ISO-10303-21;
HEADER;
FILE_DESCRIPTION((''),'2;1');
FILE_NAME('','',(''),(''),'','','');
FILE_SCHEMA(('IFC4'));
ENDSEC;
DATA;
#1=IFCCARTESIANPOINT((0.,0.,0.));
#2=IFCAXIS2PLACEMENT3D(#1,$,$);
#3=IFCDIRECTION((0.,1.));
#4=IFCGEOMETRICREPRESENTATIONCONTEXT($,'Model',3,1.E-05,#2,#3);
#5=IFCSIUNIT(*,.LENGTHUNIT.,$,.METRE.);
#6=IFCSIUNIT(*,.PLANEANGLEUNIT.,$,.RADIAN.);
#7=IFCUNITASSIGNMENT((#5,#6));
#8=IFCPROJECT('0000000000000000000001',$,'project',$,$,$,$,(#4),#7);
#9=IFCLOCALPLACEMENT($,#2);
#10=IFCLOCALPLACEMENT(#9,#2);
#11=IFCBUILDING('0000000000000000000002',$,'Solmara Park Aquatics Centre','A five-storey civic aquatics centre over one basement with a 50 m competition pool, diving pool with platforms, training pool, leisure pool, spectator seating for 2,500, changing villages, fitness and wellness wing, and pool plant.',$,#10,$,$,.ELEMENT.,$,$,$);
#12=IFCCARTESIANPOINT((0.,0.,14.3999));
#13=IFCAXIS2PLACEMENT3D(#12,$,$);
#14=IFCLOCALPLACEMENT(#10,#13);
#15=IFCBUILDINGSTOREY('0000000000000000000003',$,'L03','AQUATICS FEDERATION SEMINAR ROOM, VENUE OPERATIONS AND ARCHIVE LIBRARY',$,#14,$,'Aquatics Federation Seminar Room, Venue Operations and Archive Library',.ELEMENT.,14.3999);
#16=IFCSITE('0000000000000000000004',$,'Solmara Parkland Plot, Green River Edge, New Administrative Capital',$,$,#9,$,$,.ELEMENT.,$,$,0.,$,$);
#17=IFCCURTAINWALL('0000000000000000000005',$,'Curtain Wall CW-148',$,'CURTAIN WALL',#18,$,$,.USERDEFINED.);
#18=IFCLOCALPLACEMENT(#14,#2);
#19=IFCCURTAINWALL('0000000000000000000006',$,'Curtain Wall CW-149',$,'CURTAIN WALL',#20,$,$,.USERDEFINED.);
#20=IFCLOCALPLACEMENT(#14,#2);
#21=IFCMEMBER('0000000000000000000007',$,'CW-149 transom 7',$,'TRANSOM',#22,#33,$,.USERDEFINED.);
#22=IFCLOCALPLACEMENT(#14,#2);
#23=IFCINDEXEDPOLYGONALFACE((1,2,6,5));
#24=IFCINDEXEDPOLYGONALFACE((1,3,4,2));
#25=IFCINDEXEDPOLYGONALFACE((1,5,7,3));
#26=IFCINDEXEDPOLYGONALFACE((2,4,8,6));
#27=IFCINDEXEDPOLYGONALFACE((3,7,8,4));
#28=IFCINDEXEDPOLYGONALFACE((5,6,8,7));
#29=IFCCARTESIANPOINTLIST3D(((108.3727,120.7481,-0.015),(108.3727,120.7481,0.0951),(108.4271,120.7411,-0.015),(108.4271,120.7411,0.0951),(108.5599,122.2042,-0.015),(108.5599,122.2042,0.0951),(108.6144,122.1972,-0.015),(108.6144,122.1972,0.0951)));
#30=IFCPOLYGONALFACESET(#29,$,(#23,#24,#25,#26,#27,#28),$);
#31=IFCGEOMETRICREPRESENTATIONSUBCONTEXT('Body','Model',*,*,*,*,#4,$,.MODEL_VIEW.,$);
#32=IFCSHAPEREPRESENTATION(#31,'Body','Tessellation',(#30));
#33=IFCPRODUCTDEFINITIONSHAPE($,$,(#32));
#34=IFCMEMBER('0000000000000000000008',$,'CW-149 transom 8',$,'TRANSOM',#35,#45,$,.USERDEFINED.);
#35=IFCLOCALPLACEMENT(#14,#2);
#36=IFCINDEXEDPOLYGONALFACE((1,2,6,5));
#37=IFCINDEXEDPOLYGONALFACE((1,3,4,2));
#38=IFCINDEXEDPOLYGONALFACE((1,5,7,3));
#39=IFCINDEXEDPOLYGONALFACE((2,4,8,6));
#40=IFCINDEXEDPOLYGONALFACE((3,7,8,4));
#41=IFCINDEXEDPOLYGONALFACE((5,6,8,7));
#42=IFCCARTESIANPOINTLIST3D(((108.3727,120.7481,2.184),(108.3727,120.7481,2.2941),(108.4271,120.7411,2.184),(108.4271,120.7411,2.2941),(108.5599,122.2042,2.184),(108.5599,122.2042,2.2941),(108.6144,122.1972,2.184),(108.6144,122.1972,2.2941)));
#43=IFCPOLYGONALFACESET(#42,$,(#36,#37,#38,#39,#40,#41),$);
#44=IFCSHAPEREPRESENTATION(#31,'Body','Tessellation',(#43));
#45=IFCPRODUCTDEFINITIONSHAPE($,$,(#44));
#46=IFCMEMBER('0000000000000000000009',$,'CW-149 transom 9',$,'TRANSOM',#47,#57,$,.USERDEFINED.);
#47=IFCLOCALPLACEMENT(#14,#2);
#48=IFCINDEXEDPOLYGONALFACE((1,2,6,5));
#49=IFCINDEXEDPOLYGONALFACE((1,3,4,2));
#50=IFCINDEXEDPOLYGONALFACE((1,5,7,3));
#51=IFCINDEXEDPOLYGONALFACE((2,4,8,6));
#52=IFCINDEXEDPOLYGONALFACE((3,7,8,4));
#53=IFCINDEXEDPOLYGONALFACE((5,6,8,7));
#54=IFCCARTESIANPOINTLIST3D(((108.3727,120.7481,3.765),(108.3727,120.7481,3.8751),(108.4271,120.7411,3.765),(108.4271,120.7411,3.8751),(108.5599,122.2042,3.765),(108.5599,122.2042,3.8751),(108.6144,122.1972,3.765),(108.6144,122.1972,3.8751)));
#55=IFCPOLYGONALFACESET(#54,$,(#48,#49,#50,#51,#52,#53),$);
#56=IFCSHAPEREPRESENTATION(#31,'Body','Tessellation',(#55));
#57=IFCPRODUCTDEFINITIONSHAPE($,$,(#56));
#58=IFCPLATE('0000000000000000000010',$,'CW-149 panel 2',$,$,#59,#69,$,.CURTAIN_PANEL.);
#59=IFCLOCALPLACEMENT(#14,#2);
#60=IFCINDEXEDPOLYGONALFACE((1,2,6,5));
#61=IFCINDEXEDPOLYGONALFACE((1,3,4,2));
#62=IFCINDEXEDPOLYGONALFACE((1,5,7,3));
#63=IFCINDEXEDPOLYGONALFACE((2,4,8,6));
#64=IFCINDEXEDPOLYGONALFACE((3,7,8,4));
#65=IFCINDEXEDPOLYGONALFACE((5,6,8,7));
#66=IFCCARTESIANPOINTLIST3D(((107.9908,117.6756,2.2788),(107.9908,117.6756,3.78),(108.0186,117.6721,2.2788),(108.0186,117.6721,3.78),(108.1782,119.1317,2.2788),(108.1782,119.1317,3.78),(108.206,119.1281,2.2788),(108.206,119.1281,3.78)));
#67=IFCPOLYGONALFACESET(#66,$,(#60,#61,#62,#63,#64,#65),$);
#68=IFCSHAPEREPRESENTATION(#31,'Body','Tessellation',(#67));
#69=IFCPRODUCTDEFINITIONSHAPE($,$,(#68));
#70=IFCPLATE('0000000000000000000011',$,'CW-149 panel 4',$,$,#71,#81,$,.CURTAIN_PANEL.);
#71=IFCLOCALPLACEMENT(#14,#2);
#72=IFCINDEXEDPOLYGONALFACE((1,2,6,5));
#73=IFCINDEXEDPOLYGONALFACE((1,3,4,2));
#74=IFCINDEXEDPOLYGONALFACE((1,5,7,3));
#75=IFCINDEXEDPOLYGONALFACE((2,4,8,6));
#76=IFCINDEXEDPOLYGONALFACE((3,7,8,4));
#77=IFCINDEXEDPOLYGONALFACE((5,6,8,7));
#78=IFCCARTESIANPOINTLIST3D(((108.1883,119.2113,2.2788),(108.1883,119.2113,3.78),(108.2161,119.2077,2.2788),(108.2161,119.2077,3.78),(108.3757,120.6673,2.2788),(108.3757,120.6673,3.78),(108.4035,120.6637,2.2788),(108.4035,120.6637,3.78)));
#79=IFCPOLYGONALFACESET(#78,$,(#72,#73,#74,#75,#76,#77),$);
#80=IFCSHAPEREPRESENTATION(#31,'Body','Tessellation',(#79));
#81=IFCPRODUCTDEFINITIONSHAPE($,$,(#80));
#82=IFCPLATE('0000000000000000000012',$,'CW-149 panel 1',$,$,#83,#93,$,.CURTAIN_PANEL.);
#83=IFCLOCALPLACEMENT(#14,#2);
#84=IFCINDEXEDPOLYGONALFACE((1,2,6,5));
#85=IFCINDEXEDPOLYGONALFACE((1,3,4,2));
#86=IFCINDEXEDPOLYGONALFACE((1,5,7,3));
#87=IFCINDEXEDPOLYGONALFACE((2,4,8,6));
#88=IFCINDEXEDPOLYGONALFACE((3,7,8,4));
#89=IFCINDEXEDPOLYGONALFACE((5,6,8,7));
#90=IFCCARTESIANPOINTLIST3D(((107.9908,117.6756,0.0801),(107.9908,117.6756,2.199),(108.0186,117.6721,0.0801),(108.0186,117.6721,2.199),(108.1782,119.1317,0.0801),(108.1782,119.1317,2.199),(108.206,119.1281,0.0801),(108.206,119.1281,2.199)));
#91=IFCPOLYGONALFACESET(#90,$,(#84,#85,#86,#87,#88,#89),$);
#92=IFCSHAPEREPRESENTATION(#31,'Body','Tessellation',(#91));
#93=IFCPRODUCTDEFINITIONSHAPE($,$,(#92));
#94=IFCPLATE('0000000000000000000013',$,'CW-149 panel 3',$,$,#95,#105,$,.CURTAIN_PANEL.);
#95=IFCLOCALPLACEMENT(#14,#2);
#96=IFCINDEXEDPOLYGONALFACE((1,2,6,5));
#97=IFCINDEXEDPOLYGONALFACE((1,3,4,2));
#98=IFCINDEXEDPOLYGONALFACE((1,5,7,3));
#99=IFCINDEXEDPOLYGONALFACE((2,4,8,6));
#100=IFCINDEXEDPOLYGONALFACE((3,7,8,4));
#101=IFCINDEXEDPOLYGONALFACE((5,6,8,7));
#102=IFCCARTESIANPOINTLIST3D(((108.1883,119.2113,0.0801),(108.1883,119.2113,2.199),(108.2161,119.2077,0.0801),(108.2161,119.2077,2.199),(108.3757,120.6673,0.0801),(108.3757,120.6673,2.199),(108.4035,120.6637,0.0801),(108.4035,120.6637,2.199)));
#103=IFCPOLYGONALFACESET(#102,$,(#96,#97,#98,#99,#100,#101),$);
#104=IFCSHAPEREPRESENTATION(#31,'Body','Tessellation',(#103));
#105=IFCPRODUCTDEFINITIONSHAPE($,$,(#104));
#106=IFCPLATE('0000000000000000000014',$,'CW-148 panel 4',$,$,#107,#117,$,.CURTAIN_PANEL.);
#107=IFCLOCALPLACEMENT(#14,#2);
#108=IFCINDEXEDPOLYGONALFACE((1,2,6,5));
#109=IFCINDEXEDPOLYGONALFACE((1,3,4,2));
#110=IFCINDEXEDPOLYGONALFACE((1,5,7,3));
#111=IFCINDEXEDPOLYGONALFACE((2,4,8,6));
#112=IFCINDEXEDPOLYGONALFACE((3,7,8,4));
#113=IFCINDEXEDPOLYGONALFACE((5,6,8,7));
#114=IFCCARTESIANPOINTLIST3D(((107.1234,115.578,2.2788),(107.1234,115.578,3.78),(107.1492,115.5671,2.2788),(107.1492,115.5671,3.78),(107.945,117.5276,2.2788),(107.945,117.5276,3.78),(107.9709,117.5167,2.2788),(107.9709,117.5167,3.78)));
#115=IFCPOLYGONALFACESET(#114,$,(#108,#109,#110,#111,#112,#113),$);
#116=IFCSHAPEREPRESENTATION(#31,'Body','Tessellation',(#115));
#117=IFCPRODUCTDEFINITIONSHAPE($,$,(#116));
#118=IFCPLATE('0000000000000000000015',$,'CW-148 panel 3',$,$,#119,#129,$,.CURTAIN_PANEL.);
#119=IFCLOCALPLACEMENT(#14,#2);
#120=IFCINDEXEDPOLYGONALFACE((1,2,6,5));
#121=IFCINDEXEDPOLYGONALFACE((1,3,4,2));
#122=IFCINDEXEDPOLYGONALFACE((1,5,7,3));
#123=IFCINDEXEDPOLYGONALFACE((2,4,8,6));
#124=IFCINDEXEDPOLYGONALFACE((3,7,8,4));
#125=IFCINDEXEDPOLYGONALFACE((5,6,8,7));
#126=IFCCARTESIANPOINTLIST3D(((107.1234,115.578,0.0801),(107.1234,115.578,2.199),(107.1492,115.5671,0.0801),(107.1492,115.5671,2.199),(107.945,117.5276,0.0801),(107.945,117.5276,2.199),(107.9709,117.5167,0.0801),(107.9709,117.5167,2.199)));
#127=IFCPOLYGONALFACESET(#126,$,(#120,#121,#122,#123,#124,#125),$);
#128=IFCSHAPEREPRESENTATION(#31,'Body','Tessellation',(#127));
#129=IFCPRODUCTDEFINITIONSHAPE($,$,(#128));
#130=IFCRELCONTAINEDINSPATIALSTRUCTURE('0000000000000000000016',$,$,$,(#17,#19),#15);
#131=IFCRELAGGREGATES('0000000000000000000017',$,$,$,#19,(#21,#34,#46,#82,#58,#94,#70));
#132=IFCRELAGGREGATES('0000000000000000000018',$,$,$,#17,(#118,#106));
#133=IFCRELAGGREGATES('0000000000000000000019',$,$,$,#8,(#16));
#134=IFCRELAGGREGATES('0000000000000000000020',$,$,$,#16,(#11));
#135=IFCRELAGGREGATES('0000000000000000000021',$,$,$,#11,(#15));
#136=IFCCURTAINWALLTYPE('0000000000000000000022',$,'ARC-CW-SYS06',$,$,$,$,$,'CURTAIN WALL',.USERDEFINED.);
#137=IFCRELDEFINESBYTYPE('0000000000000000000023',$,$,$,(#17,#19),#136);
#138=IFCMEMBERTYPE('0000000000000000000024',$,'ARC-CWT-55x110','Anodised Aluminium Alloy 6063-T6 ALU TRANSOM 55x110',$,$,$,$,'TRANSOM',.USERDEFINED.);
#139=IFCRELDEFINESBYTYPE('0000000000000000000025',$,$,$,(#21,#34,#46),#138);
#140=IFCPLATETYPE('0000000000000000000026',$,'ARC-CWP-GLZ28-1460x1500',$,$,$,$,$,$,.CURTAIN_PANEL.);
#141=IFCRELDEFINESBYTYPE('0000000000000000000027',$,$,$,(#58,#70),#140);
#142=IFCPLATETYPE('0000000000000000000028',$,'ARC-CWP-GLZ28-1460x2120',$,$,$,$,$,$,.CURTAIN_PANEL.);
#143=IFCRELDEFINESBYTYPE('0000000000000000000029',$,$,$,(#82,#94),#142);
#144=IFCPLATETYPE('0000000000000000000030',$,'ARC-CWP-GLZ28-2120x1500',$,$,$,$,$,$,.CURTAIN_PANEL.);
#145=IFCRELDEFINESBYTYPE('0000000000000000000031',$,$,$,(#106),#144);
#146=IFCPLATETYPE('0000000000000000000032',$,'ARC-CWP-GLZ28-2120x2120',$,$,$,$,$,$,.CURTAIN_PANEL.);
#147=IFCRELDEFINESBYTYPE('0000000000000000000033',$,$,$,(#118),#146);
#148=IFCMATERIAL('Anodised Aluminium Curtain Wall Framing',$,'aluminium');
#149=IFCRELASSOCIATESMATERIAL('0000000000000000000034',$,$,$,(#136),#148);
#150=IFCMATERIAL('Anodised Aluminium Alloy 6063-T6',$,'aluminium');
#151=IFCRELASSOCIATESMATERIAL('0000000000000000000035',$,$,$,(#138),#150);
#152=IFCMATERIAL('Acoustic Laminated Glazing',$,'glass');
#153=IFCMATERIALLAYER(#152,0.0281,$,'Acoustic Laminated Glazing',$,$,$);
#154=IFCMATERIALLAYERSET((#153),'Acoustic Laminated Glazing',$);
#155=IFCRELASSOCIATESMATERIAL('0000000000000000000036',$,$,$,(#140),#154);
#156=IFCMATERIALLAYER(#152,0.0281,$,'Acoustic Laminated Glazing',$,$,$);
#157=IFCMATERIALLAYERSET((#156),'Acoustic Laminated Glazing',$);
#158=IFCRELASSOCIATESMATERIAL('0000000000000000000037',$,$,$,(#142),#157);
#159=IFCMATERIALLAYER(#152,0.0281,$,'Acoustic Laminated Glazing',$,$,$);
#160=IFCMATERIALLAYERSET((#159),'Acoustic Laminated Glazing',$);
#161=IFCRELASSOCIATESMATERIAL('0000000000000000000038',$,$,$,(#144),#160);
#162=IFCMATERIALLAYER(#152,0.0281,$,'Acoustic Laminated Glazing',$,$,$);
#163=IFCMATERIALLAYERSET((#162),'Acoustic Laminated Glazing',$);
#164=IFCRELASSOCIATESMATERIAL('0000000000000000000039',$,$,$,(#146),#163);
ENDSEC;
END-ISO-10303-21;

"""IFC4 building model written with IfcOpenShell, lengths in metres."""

from ifc_helpers import new_model, si_unit, direction, frame, origin, origin_2d, place, context, subcontext, project, spatial, rectangle, extrude, material, layer, layer_set, material_profile, profile_set, type_object, element, aggregate, save


model = new_model("IFC4")

# Units and contexts
model_context = context("Model", 3, precision=1e-05, world=origin(), true_north=direction((0.0, 1.0)))
body_context = subcontext(model_context, "Body", "Model", "MODEL_VIEW")
ifc_project = project(units=[si_unit("LENGTHUNIT", "METRE"), si_unit("PLANEANGLEUNIT", "RADIAN")], contexts=[model_context])

# Site, building, storey
site_placement = place(None, origin())
site = spatial("IfcSite", under=ifc_project, at=site_placement, Name="Solmara Parkland Plot, Green River Edge, New Administrative Capital", CompositionType="ELEMENT", RefElevation=0.0)
building_placement = place(site_placement, origin())
building = spatial("IfcBuilding", under=site, at=building_placement, Name="Solmara Park Aquatics Centre", Description="A five-storey civic aquatics centre over one basement with a 50 m competition pool, diving pool with platforms, training pool, leisure pool, spectator seating for 2,500, changing villages, fitness and wellness wing, and pool plant.", CompositionType="ELEMENT")
storey_placement = place(building_placement, frame((0.0, 0.0, 14.3999)))
storey = spatial("IfcBuildingStorey", under=building, at=storey_placement, Name="L03", Description="AQUATICS FEDERATION SEMINAR ROOM, VENUE OPERATIONS AND ARCHIVE LIBRARY", LongName="Aquatics Federation Seminar Room, Venue Operations and Archive Library", CompositionType="ELEMENT", Elevation=14.3999)

# Curtain walls
ifc_material_1 = material(Name="Anodised Aluminium Curtain Wall Framing", Category="aluminium")
curtain_wall_type = type_object("IfcCurtainWallType", Name="ARC-CW-SYS06", ElementType="CURTAIN WALL", PredefinedType="USERDEFINED", material=ifc_material_1)
curtain_wall_1_placement = place(storey_placement, origin())
curtain_wall_1 = element("IfcCurtainWall", 1, at=curtain_wall_1_placement, inside=storey, type_object=curtain_wall_type, Name="Curtain Wall CW-148", ObjectType="CURTAIN WALL", PredefinedType="USERDEFINED")
ifc_material_2 = material(Name="Anodised Aluminium Alloy 6063-T6", Category="aluminium")
curtain_wall_2_placement = place(storey_placement, origin())
curtain_wall_2 = element("IfcCurtainWall", 2, at=curtain_wall_2_placement, inside=storey, type_object=curtain_wall_type, Name="Curtain Wall CW-149", ObjectType="CURTAIN WALL", PredefinedType="USERDEFINED")

# Members
ifc_material_profile_1 = material_profile(ifc_material_2, rectangle(XDim=0.0549, YDim=0.1101, at=origin_2d()), Name="ALU TRANSOM 55x110")
ifc_profile_set_1 = profile_set([ifc_material_profile_1], Name="Anodised Aluminium Alloy 6063-T6")
member_type_1 = type_object("IfcMemberType", Name="ARC-CWT-55x110", Description="Anodised Aluminium Alloy 6063-T6 ALU TRANSOM 55x110", ElementType="TRANSOM", PredefinedType="USERDEFINED", material=ifc_profile_set_1)
member_1_placement = place(storey_placement, frame((108.3999, 120.7446, 0.04), z_axis=(0.127554, 0.991832, 0.0), x_axis=(-0.991832, 0.127554, 0.0)))
member_1 = element("IfcMember", 3, at=member_1_placement, type_object=member_type_1, Name="CW-149 transom 7", ObjectType="TRANSOM", PredefinedType="USERDEFINED", context=body_context, shape_type="SweptSolid", body=[
    extrude(rectangle(XDim=0.0549, YDim=0.1101, at=origin_2d()), origin(), (0.0, 0.0, 1.0), 1.468),
])
member_2_placement = place(storey_placement, frame((108.3999, 120.7446, 2.239), z_axis=(0.127554, 0.991832, 0.0), x_axis=(-0.991832, 0.127554, 0.0)))
member_2 = element("IfcMember", 4, at=member_2_placement, type_object=member_type_1, Name="CW-149 transom 8", ObjectType="TRANSOM", PredefinedType="USERDEFINED", context=body_context, shape_type="SweptSolid", body=[
    extrude(rectangle(XDim=0.0549, YDim=0.1101, at=origin_2d()), origin(), (0.0, 0.0, 1.0), 1.468),
])
member_3_placement = place(storey_placement, frame((108.3999, 120.7446, 3.8201), z_axis=(0.127554, 0.991832, 0.0), x_axis=(-0.991832, 0.127554, 0.0)))
member_3 = element("IfcMember", 5, at=member_3_placement, type_object=member_type_1, Name="CW-149 transom 9", ObjectType="TRANSOM", PredefinedType="USERDEFINED", context=body_context, shape_type="SweptSolid", body=[
    extrude(rectangle(XDim=0.0549, YDim=0.1101, at=origin_2d()), origin(), (0.0, 0.0, 1.0), 1.468),
])

# Plates
ifc_material_3 = material(Name="Acoustic Laminated Glazing", Category="glass")
ifc_layer_1 = layer(ifc_material_3, 0.0281, Name="Acoustic Laminated Glazing")
ifc_layer_set_1 = layer_set([ifc_layer_1], Name="Acoustic Laminated Glazing")
plate_type_1 = type_object("IfcPlateType", Name="ARC-CWP-GLZ28-1460x1500", PredefinedType="CURTAIN_PANEL", material=ifc_layer_set_1)
plate_1_placement = place(storey_placement, frame((108.0984, 118.4019, 2.2788), z_axis=(0.0, 0.0, 1.0), x_axis=(0.127658, 0.991818, 0.0)))
plate_1 = element("IfcPlate", 6, at=plate_1_placement, type_object=plate_type_1, Name="CW-149 panel 2", PredefinedType="CURTAIN_PANEL", context=body_context, shape_type="SweptSolid", body=[
    extrude(rectangle(XDim=1.468, YDim=0.0281, at=origin_2d()), origin(), (0.0, 0.0, 1.0), 1.5012),
])
plate_2_placement = place(storey_placement, frame((108.2959, 119.9375, 2.2788), z_axis=(0.0, 0.0, 1.0), x_axis=(0.127658, 0.991818, 0.0)))
plate_2 = element("IfcPlate", 7, at=plate_2_placement, type_object=plate_type_1, Name="CW-149 panel 4", PredefinedType="CURTAIN_PANEL", context=body_context, shape_type="SweptSolid", body=[
    extrude(rectangle(XDim=1.468, YDim=0.0281, at=origin_2d()), origin(), (0.0, 0.0, 1.0), 1.5012),
])
ifc_layer_2 = layer(ifc_material_3, 0.0281, Name="Acoustic Laminated Glazing")
ifc_layer_set_2 = layer_set([ifc_layer_2], Name="Acoustic Laminated Glazing")
plate_type_2 = type_object("IfcPlateType", Name="ARC-CWP-GLZ28-1460x2120", PredefinedType="CURTAIN_PANEL", material=ifc_layer_set_2)
plate_3_placement = place(storey_placement, frame((108.0984, 118.4019, 0.0801), z_axis=(0.0, 0.0, 1.0), x_axis=(0.127658, 0.991818, 0.0)))
plate_3 = element("IfcPlate", 8, at=plate_3_placement, type_object=plate_type_2, Name="CW-149 panel 1", PredefinedType="CURTAIN_PANEL", context=body_context, shape_type="SweptSolid", body=[
    extrude(rectangle(XDim=1.468, YDim=0.0281, at=origin_2d()), origin(), (0.0, 0.0, 1.0), 2.1189),
])
plate_4_placement = place(storey_placement, frame((108.2959, 119.9375, 0.0801), z_axis=(0.0, 0.0, 1.0), x_axis=(0.127658, 0.991818, 0.0)))
plate_4 = element("IfcPlate", 9, at=plate_4_placement, type_object=plate_type_2, Name="CW-149 panel 3", PredefinedType="CURTAIN_PANEL", context=body_context, shape_type="SweptSolid", body=[
    extrude(rectangle(XDim=1.468, YDim=0.0281, at=origin_2d()), origin(), (0.0, 0.0, 1.0), 2.1189),
])
aggregate(curtain_wall_2, [member_1, member_2, member_3, plate_3, plate_1, plate_4, plate_2])
ifc_layer_3 = layer(ifc_material_3, 0.0281, Name="Acoustic Laminated Glazing")
ifc_layer_set_3 = layer_set([ifc_layer_3], Name="Acoustic Laminated Glazing")
plate_type_3 = type_object("IfcPlateType", Name="ARC-CWP-GLZ28-2120x1500", PredefinedType="CURTAIN_PANEL", material=ifc_layer_set_3)
plate_5_placement = place(storey_placement, frame((107.5471, 116.5474, 2.2788), z_axis=(0.0, 0.0, 1.0), x_axis=(0.388352, 0.921511, 0.0)))
plate_5 = element("IfcPlate", 10, at=plate_5_placement, type_object=plate_type_3, Name="CW-148 panel 4", PredefinedType="CURTAIN_PANEL", context=body_context, shape_type="SweptSolid", body=[
    extrude(rectangle(XDim=2.1157, YDim=0.0281, at=origin_2d()), origin(), (0.0, 0.0, 1.0), 1.5012),
])
ifc_layer_4 = layer(ifc_material_3, 0.0281, Name="Acoustic Laminated Glazing")
ifc_layer_set_4 = layer_set([ifc_layer_4], Name="Acoustic Laminated Glazing")
plate_type_4 = type_object("IfcPlateType", Name="ARC-CWP-GLZ28-2120x2120", PredefinedType="CURTAIN_PANEL", material=ifc_layer_set_4)
plate_6_placement = place(storey_placement, frame((107.5471, 116.5474, 0.0801), z_axis=(0.0, 0.0, 1.0), x_axis=(0.388352, 0.921511, 0.0)))
plate_6 = element("IfcPlate", 11, at=plate_6_placement, type_object=plate_type_4, Name="CW-148 panel 3", PredefinedType="CURTAIN_PANEL", context=body_context, shape_type="SweptSolid", body=[
    extrude(rectangle(XDim=2.1157, YDim=0.0281, at=origin_2d()), origin(), (0.0, 0.0, 1.0), 2.1189),
])
aggregate(curtain_wall_1, [plate_6, plate_5])

save(model, "model.ifc")
